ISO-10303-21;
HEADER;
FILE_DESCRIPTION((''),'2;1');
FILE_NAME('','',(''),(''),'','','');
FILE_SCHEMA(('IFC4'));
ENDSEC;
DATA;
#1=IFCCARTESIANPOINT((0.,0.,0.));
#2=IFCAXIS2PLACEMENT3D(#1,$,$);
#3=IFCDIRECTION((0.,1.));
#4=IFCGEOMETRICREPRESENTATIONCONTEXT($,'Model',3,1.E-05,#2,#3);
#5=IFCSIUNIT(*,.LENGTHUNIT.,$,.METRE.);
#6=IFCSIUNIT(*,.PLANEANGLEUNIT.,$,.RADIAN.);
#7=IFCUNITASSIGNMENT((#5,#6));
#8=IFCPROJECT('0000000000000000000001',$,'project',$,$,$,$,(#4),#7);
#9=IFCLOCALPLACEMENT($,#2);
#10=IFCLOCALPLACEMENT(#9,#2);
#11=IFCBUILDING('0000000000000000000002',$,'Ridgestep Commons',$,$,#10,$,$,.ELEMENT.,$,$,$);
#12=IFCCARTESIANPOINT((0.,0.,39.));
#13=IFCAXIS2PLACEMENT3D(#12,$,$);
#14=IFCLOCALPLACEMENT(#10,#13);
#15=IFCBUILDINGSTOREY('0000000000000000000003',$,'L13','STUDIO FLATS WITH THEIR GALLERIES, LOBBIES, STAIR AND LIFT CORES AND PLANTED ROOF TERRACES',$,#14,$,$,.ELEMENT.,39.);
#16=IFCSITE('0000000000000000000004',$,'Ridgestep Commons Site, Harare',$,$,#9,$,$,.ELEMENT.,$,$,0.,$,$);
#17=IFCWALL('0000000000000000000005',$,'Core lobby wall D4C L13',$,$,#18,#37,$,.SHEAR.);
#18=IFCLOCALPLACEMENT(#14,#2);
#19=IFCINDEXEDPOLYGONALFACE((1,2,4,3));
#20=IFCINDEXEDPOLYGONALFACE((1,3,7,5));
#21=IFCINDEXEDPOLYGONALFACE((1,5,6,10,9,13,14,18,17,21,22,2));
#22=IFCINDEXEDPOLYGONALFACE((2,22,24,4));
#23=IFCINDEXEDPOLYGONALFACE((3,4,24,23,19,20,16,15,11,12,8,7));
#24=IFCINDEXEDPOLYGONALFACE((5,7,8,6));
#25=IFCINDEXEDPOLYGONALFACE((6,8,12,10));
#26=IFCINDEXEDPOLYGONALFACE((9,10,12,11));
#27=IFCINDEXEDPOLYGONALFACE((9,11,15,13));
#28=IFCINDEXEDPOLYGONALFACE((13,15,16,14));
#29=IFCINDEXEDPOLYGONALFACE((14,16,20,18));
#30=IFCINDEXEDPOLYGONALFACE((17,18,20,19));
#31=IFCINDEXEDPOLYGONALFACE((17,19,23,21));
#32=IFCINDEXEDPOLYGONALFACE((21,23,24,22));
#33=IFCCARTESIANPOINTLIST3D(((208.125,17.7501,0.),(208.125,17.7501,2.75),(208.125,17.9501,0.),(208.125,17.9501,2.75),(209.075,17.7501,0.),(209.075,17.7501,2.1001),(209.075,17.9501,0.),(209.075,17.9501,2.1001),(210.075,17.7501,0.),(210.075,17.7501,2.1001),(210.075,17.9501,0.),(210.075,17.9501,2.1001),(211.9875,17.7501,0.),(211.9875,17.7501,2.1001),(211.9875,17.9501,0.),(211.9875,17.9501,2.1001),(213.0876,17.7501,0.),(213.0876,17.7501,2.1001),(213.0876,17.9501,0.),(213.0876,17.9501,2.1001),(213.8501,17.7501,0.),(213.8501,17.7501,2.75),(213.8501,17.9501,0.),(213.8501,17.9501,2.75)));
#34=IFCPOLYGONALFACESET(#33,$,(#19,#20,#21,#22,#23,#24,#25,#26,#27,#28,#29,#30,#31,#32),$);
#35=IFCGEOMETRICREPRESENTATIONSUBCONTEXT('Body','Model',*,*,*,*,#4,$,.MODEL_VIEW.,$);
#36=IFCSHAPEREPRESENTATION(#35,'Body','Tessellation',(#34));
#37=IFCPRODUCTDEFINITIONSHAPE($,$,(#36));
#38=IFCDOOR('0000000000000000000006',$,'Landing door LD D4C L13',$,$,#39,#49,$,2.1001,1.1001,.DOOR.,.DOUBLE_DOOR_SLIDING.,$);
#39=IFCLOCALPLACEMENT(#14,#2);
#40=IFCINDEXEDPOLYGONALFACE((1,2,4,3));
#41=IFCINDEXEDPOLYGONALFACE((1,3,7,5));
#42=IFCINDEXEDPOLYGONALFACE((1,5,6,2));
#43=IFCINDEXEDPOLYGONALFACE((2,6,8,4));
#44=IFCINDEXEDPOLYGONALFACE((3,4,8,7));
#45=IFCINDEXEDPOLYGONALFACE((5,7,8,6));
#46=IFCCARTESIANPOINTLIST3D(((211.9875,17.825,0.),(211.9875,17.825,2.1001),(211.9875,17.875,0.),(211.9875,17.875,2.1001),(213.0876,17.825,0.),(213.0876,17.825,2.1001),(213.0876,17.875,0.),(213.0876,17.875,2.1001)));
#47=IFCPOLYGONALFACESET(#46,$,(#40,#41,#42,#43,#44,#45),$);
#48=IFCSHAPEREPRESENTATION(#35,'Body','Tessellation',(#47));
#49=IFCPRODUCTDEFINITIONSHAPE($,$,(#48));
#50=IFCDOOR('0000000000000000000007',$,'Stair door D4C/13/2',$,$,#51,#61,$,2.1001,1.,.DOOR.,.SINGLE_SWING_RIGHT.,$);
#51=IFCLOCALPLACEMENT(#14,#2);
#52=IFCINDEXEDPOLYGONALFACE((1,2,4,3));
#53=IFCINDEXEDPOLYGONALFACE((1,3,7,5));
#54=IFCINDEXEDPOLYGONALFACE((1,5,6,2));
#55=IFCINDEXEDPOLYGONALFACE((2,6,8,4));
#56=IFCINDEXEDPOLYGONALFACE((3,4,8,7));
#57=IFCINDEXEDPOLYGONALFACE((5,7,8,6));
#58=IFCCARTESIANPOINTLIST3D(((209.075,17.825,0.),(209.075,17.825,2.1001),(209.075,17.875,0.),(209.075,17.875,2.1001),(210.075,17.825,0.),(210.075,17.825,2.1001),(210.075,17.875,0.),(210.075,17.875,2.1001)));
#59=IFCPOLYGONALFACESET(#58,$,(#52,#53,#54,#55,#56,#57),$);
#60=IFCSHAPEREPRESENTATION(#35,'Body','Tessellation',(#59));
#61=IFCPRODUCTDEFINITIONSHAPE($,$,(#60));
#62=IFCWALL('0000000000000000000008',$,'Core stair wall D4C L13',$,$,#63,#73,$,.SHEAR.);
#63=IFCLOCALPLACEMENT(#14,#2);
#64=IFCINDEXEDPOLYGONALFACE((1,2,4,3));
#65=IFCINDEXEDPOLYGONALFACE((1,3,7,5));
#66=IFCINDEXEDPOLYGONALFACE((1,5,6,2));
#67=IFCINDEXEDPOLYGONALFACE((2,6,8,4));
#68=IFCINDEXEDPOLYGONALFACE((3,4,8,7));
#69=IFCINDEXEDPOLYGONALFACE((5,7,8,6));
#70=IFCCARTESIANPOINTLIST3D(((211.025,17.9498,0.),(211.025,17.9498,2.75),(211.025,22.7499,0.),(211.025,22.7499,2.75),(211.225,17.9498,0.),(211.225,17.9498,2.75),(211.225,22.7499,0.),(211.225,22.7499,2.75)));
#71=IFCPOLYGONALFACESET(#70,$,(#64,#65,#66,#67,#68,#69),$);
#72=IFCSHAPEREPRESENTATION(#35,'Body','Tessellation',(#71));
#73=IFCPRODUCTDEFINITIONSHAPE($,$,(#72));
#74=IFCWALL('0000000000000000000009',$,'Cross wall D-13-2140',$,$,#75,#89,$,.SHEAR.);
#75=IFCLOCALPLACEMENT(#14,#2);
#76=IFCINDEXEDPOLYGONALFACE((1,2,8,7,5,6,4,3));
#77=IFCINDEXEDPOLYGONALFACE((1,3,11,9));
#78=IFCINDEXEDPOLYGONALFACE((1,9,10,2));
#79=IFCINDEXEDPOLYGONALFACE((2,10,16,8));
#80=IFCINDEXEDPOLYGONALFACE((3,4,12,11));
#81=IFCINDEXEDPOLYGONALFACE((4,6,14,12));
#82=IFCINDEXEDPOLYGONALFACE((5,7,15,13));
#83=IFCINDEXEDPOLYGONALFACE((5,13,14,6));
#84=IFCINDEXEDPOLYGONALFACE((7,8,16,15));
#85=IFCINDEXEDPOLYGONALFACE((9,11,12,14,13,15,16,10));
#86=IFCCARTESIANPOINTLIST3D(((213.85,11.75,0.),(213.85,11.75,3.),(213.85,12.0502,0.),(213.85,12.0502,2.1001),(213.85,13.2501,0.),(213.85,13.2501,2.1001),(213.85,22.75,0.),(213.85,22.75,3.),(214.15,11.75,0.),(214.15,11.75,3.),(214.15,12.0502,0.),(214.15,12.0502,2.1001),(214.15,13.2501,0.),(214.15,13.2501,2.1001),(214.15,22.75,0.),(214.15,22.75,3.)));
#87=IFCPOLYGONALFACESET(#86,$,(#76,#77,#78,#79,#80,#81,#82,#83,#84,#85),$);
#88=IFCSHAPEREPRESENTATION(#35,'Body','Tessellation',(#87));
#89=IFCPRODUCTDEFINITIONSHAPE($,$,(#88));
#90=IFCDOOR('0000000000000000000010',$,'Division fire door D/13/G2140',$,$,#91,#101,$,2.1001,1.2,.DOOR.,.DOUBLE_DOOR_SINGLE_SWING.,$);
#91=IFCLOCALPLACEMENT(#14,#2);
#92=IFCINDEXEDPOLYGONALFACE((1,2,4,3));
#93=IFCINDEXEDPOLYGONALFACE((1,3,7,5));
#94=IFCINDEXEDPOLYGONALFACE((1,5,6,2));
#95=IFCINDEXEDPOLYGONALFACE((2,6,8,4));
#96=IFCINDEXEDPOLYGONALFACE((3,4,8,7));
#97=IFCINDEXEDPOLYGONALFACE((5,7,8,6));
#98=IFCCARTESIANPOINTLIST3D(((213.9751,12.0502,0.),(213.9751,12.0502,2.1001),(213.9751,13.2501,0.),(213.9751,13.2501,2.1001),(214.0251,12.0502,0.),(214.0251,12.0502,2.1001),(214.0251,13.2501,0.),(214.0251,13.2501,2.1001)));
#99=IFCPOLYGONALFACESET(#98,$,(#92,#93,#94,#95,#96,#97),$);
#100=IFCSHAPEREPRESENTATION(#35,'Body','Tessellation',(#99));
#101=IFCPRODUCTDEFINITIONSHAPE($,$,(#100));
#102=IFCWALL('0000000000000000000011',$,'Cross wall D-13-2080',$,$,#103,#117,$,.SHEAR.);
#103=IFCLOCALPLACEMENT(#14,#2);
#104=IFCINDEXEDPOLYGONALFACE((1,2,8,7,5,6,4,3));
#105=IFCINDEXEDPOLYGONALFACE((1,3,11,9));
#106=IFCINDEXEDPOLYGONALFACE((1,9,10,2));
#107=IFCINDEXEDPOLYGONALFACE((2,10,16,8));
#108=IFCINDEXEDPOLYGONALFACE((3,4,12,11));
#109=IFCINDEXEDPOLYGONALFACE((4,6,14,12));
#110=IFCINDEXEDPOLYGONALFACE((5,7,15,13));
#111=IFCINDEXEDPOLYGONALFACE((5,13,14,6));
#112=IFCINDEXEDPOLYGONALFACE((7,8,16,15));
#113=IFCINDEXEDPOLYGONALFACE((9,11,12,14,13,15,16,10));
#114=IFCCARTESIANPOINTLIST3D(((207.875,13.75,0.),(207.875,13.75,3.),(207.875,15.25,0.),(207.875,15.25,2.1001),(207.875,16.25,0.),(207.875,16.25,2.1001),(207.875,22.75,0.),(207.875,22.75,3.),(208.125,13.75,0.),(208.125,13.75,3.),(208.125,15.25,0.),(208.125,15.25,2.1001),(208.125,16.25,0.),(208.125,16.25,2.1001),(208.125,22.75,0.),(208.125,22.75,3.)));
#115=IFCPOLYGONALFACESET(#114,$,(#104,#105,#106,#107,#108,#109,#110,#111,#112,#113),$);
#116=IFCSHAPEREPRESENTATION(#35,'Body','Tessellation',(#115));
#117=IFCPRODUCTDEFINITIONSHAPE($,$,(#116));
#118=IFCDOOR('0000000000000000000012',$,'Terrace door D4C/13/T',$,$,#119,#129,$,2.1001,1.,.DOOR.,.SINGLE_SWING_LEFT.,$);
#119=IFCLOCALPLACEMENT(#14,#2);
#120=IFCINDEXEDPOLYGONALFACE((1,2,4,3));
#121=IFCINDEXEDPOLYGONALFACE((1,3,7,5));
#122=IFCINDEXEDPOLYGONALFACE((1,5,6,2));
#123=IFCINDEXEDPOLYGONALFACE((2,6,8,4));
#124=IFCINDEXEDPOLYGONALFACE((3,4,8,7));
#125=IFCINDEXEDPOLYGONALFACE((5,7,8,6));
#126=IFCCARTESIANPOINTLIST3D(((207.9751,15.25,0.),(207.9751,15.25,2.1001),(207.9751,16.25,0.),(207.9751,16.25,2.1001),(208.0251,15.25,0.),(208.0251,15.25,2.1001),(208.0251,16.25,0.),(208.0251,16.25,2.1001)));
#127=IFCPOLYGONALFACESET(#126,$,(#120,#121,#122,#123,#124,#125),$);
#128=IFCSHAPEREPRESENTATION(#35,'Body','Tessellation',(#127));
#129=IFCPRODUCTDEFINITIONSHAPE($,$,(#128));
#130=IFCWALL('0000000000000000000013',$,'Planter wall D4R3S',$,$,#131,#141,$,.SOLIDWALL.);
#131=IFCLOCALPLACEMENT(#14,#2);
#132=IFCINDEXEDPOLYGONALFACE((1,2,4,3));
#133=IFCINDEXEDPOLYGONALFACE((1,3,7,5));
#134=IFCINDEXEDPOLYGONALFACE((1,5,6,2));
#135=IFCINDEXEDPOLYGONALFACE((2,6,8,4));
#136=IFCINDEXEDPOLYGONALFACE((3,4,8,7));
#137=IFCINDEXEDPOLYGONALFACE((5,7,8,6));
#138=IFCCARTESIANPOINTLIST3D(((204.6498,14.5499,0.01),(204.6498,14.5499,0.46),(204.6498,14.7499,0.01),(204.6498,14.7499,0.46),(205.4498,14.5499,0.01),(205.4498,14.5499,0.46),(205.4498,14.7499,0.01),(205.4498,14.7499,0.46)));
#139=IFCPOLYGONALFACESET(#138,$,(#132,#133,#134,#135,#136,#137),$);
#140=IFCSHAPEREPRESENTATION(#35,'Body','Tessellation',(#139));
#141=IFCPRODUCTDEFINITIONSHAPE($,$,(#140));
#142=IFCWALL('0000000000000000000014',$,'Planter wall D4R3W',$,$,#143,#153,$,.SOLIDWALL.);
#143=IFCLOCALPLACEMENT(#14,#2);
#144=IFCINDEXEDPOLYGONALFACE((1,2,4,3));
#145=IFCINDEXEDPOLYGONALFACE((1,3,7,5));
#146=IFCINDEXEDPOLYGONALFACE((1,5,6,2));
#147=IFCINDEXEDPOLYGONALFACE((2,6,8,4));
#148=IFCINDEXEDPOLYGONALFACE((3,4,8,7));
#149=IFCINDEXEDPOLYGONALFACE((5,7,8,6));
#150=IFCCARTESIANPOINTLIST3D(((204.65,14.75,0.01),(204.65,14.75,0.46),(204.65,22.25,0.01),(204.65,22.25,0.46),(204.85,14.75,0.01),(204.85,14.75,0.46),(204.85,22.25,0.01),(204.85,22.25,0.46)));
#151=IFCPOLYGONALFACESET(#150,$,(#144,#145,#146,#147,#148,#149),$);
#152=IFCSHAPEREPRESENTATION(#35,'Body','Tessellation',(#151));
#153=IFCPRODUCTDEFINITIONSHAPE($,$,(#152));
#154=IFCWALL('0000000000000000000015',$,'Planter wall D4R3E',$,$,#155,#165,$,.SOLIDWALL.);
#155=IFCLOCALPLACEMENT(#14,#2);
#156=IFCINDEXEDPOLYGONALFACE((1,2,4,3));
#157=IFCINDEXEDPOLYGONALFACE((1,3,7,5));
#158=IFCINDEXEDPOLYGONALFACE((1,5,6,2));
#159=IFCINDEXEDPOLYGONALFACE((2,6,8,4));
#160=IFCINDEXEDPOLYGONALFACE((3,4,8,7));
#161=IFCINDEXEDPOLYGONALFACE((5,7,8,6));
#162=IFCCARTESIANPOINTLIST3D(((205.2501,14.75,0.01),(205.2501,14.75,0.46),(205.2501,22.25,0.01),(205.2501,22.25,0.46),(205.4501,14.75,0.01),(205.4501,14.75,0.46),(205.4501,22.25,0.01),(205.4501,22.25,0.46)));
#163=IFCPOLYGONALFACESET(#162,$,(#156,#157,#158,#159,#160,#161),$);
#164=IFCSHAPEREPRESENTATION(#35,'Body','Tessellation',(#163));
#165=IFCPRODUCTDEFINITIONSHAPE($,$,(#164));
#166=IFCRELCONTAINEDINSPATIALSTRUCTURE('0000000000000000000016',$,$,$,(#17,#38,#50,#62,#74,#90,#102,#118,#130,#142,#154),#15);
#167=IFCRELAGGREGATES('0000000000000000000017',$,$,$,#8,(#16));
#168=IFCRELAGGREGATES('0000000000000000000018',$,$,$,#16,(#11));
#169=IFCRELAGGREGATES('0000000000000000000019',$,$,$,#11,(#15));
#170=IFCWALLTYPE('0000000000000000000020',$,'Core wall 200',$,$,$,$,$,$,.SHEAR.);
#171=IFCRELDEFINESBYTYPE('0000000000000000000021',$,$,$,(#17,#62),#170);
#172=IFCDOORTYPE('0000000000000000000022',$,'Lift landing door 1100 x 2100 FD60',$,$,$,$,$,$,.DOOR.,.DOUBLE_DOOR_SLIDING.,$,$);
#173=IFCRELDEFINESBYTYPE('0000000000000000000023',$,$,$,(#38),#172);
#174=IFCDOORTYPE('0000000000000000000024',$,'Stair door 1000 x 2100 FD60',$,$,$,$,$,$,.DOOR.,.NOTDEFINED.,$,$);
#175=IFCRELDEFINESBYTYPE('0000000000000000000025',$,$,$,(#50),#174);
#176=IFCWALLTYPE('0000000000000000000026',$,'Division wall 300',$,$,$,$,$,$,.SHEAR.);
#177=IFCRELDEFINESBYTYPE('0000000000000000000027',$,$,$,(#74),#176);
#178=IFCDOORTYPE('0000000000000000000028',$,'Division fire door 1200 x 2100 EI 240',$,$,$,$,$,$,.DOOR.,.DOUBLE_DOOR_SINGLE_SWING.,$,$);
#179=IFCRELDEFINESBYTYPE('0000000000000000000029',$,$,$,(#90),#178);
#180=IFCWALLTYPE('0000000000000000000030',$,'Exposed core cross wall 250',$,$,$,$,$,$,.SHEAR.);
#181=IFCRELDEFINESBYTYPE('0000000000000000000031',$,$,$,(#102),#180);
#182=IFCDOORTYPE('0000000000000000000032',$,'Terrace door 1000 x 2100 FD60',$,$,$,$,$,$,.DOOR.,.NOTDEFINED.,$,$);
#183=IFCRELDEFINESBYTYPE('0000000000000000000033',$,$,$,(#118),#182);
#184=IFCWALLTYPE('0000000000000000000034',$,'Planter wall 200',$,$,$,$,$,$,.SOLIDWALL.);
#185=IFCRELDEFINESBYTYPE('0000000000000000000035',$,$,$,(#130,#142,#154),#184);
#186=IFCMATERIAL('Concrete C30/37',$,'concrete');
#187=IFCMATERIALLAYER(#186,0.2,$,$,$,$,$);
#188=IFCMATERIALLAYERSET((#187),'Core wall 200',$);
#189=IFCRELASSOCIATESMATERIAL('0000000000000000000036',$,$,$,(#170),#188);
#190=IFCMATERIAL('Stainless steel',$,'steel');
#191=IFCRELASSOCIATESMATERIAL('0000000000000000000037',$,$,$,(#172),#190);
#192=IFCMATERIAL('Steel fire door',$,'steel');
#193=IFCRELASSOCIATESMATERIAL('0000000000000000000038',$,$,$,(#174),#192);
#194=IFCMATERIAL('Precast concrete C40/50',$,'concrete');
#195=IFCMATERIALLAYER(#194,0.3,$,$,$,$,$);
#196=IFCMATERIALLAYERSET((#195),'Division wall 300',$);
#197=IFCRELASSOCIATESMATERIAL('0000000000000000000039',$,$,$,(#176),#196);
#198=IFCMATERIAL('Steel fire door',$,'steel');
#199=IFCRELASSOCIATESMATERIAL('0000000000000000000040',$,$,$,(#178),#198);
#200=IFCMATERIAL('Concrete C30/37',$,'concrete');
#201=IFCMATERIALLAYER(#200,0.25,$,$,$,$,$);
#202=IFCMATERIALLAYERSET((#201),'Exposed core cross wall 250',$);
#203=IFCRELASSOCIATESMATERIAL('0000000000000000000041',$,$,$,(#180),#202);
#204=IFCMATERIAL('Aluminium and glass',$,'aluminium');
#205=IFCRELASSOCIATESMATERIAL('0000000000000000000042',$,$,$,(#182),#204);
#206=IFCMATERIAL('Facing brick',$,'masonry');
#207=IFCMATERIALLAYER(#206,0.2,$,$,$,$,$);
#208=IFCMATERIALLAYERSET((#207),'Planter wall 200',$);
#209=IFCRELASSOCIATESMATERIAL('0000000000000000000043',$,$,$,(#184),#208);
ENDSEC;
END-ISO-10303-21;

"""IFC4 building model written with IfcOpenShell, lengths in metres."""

from ifc_helpers import new_model, si_unit, direction, frame, frame_2d, origin, place, context, subcontext, project, spatial, rectangle, extrude, material, layer, layer_set, type_object, element, fill, save


model = new_model("IFC4")

# Units and contexts
model_context = context("Model", 3, precision=1e-05, world=origin(), true_north=direction((0.0, 1.0)))
body_context = subcontext(model_context, "Body", "Model", "MODEL_VIEW")
ifc_project = project(units=[si_unit("LENGTHUNIT", "METRE"), si_unit("PLANEANGLEUNIT", "RADIAN")], contexts=[model_context])

# Site, building, storey
site_placement = place(None, origin())
site = spatial("IfcSite", under=ifc_project, at=site_placement, Name="Ridgestep Commons Site, Harare", CompositionType="ELEMENT", RefElevation=0.0)
building_placement = place(site_placement, origin())
building = spatial("IfcBuilding", under=site, at=building_placement, Name="Ridgestep Commons", CompositionType="ELEMENT")
storey_placement = place(building_placement, frame((0.0, 0.0, 39.0)))
storey = spatial("IfcBuildingStorey", under=building, at=storey_placement, Name="L13", Description="STUDIO FLATS WITH THEIR GALLERIES, LOBBIES, STAIR AND LIFT CORES AND PLANTED ROOF TERRACES", CompositionType="ELEMENT", Elevation=39.0)

# Wall, openings, doors
ifc_material_1 = material(Name="Concrete C30/37", Category="concrete")
ifc_layer_1 = layer(ifc_material_1, 0.2)
ifc_layer_set_1 = layer_set([ifc_layer_1], Name="Core wall 200")
wall_type_1 = type_object("IfcWallType", Name="Core wall 200", PredefinedType="SHEAR", material=ifc_layer_set_1)
wall_1_placement = place(storey_placement, frame((208.125, 17.8501, 0.0), z_axis=(0.0, 0.0, 1.0), x_axis=(1.0, 0.0, 0.0)))
wall_1 = element("IfcWall", 1, at=wall_1_placement, inside=storey, type_object=wall_type_1, Name="Core lobby wall D4C L13", PredefinedType="SHEAR", context=body_context, shape_type="SweptSolid", body=[
    extrude(rectangle(XDim=5.7251, YDim=0.2, at=frame_2d((2.8625, 0.0))), origin(), (0.0, 0.0, 1.0), 2.75),
])
opening_1_placement = place(wall_1_placement, frame((0.95, 0.0, 0.0)))
opening_1 = element("IfcOpeningElement", 2, at=opening_1_placement, cuts=wall_1, PredefinedType="OPENING", context=body_context, shape_type="SweptSolid", body=[
    extrude(rectangle(XDim=1.0, YDim=2.1001, at=frame_2d((0.5, 1.05))), frame((0.0, 0.1099, 0.0), z_axis=(0.0, -1.0, 0.0), x_axis=(1.0, 0.0, 0.0)), (0.0, 0.0, 1.0), 0.22),
])
opening_2_placement = place(wall_1_placement, frame((3.8625, 0.0, 0.0)))
opening_2 = element("IfcOpeningElement", 3, at=opening_2_placement, cuts=wall_1, PredefinedType="OPENING", context=body_context, shape_type="SweptSolid", body=[
    extrude(rectangle(XDim=1.1001, YDim=2.1001, at=frame_2d((0.55, 1.05))), frame((0.0, 0.1099, 0.0), z_axis=(0.0, -1.0, 0.0), x_axis=(1.0, 0.0, 0.0)), (0.0, 0.0, 1.0), 0.22),
])
ifc_material_2 = material(Name="Stainless steel", Category="steel")
door_type_1 = type_object("IfcDoorType", Name="Lift landing door 1100 x 2100 FD60", OperationType="DOUBLE_DOOR_SLIDING", PredefinedType="DOOR", material=ifc_material_2)
door_1_placement = place(opening_2_placement, origin())
door_1 = element("IfcDoor", 4, at=door_1_placement, inside=storey, type_object=door_type_1, Name="Landing door LD D4C L13", OperationType="DOUBLE_DOOR_SLIDING", OverallHeight=2.1001, OverallWidth=1.1001, PredefinedType="DOOR", context=body_context, shape_type="SweptSolid", body=[
    extrude(rectangle(XDim=1.1001, YDim=2.1001, at=frame_2d((0.55, 1.05))), frame((0.0, 0.0249, 0.0), z_axis=(0.0, -1.0, 0.0), x_axis=(1.0, 0.0, 0.0)), (0.0, 0.0, 1.0), 0.05),
])
fill(opening_2, door_1)
ifc_material_3 = material(Name="Steel fire door", Category="steel")
door_type_2 = type_object("IfcDoorType", Name="Stair door 1000 x 2100 FD60", OperationType="NOTDEFINED", PredefinedType="DOOR", material=ifc_material_3)
door_2_placement = place(opening_1_placement, origin())
door_2 = element("IfcDoor", 5, at=door_2_placement, inside=storey, type_object=door_type_2, Name="Stair door D4C/13/2", OperationType="SINGLE_SWING_RIGHT", OverallHeight=2.1001, OverallWidth=1.0, PredefinedType="DOOR", context=body_context, shape_type="SweptSolid", body=[
    extrude(rectangle(XDim=1.0, YDim=2.1001, at=frame_2d((0.5, 1.05))), frame((0.0, 0.0249, 0.0), z_axis=(0.0, -1.0, 0.0), x_axis=(1.0, 0.0, 0.0)), (0.0, 0.0, 1.0), 0.05),
])
fill(opening_1, door_2)

# Wall
wall_2_placement = place(storey_placement, frame((211.125, 17.95, 0.0), z_axis=(0.0, 0.0, 1.0), x_axis=(0.0, 1.0, 0.0)))
element("IfcWall", 6, at=wall_2_placement, inside=storey, type_object=wall_type_1, Name="Core stair wall D4C L13", PredefinedType="SHEAR", context=body_context, shape_type="SweptSolid", body=[
    extrude(rectangle(XDim=4.8, YDim=0.2, at=frame_2d((2.3999, 0.0))), origin(), (0.0, 0.0, 1.0), 2.75),
])

# Walls, openings, doors
ifc_material_4 = material(Name="Precast concrete C40/50", Category="concrete")
ifc_layer_2 = layer(ifc_material_4, 0.3)
ifc_layer_set_2 = layer_set([ifc_layer_2], Name="Division wall 300")
wall_type_2 = type_object("IfcWallType", Name="Division wall 300", PredefinedType="SHEAR", material=ifc_layer_set_2)
wall_3_placement = place(storey_placement, frame((214.0, 11.75, 0.0), z_axis=(0.0, 0.0, 1.0), x_axis=(0.0, 1.0, 0.0)))
wall_3 = element("IfcWall", 7, at=wall_3_placement, inside=storey, type_object=wall_type_2, Name="Cross wall D-13-2140", PredefinedType="SHEAR", context=body_context, shape_type="SweptSolid", body=[
    extrude(rectangle(XDim=11.0, YDim=0.3, at=frame_2d((5.5, 0.0))), origin(), (0.0, 0.0, 1.0), 3.0),
])
opening_3_placement = place(wall_3_placement, frame((0.3, 0.0, 0.0)))
opening_3 = element("IfcOpeningElement", 8, at=opening_3_placement, cuts=wall_3, PredefinedType="OPENING", context=body_context, shape_type="SweptSolid", body=[
    extrude(rectangle(XDim=1.2, YDim=2.1001, at=frame_2d((0.6001, 1.05))), frame((0.0, 0.1599, 0.0), z_axis=(0.0, -1.0, 0.0), x_axis=(1.0, 0.0, 0.0)), (0.0, 0.0, 1.0), 0.3201),
])
ifc_material_5 = material(Name="Steel fire door", Category="steel")
door_type_3 = type_object("IfcDoorType", Name="Division fire door 1200 x 2100 EI 240", OperationType="DOUBLE_DOOR_SINGLE_SWING", PredefinedType="DOOR", material=ifc_material_5)
door_3_placement = place(opening_3_placement, origin())
door_3 = element("IfcDoor", 9, at=door_3_placement, inside=storey, type_object=door_type_3, Name="Division fire door D/13/G2140", OperationType="DOUBLE_DOOR_SINGLE_SWING", OverallHeight=2.1001, OverallWidth=1.2, PredefinedType="DOOR", context=body_context, shape_type="SweptSolid", body=[
    extrude(rectangle(XDim=1.2, YDim=2.1001, at=frame_2d((0.6001, 1.05))), frame((0.0, 0.0249, 0.0), z_axis=(0.0, -1.0, 0.0), x_axis=(1.0, 0.0, 0.0)), (0.0, 0.0, 1.0), 0.05),
])
fill(opening_3, door_3)
ifc_material_6 = material(Name="Concrete C30/37", Category="concrete")
ifc_layer_3 = layer(ifc_material_6, 0.25)
ifc_layer_set_3 = layer_set([ifc_layer_3], Name="Exposed core cross wall 250")
wall_type_3 = type_object("IfcWallType", Name="Exposed core cross wall 250", PredefinedType="SHEAR", material=ifc_layer_set_3)
wall_4_placement = place(storey_placement, frame((208.0, 13.75, 0.0), z_axis=(0.0, 0.0, 1.0), x_axis=(0.0, 1.0, 0.0)))
wall_4 = element("IfcWall", 10, at=wall_4_placement, inside=storey, type_object=wall_type_3, Name="Cross wall D-13-2080", PredefinedType="SHEAR", context=body_context, shape_type="SweptSolid", body=[
    extrude(rectangle(XDim=9.0, YDim=0.25, at=frame_2d((4.5, 0.0))), origin(), (0.0, 0.0, 1.0), 3.0),
])
opening_4_placement = place(wall_4_placement, frame((1.5, 0.0, 0.0)))
opening_4 = element("IfcOpeningElement", 11, at=opening_4_placement, cuts=wall_4, PredefinedType="OPENING", context=body_context, shape_type="SweptSolid", body=[
    extrude(rectangle(XDim=1.0, YDim=2.1001, at=frame_2d((0.5, 1.05))), frame((0.0, 0.135, 0.0), z_axis=(0.0, -1.0, 0.0), x_axis=(1.0, 0.0, 0.0)), (0.0, 0.0, 1.0), 0.27),
])
ifc_material_7 = material(Name="Aluminium and glass", Category="aluminium")
door_type_4 = type_object("IfcDoorType", Name="Terrace door 1000 x 2100 FD60", OperationType="NOTDEFINED", PredefinedType="DOOR", material=ifc_material_7)
door_4_placement = place(opening_4_placement, origin())
door_4 = element("IfcDoor", 12, at=door_4_placement, inside=storey, type_object=door_type_4, Name="Terrace door D4C/13/T", OperationType="SINGLE_SWING_LEFT", OverallHeight=2.1001, OverallWidth=1.0, PredefinedType="DOOR", context=body_context, shape_type="SweptSolid", body=[
    extrude(rectangle(XDim=1.0, YDim=2.1001, at=frame_2d((0.5, 1.05))), frame((0.0, 0.0249, 0.0), z_axis=(0.0, -1.0, 0.0), x_axis=(1.0, 0.0, 0.0)), (0.0, 0.0, 1.0), 0.05),
])
fill(opening_4, door_4)

# Walls
ifc_material_8 = material(Name="Facing brick", Category="masonry")
ifc_layer_4 = layer(ifc_material_8, 0.2)
ifc_layer_set_4 = layer_set([ifc_layer_4], Name="Planter wall 200")
wall_type_4 = type_object("IfcWallType", Name="Planter wall 200", PredefinedType="SOLIDWALL", material=ifc_layer_set_4)
wall_5_placement = place(storey_placement, frame((204.6499, 14.6499, 0.01), z_axis=(0.0, 0.0, 1.0), x_axis=(1.0, 0.0, 0.0)))
element("IfcWall", 13, at=wall_5_placement, inside=storey, type_object=wall_type_4, Name="Planter wall D4R3S", PredefinedType="SOLIDWALL", context=body_context, shape_type="SweptSolid", body=[
    extrude(rectangle(XDim=0.8, YDim=0.2, at=frame_2d((0.3999, 0.0))), origin(), (0.0, 0.0, 1.0), 0.45),
])
for number, where, z_axis, x_axis, name in (
    (14, (204.75, 14.75, 0.01), (0.0, 0.0, 1.0), (0.0, 1.0, 0.0), "Planter wall D4R3W"),
    (15, (205.3501, 14.75, 0.01), (0.0, 0.0, 1.0), (0.0, 1.0, 0.0), "Planter wall D4R3E"),
):
    element("IfcWall", number, at=place(storey_placement, frame(where, z_axis=z_axis, x_axis=x_axis)), inside=storey, type_object=wall_type_4, Name=name, PredefinedType="SOLIDWALL", context=body_context, shape_type="SweptSolid", body=[
        extrude(rectangle(XDim=7.5, YDim=0.2, at=frame_2d((3.75, 0.0))), origin(), (0.0, 0.0, 1.0), 0.45),
    ])

save(model, "model.ifc")
